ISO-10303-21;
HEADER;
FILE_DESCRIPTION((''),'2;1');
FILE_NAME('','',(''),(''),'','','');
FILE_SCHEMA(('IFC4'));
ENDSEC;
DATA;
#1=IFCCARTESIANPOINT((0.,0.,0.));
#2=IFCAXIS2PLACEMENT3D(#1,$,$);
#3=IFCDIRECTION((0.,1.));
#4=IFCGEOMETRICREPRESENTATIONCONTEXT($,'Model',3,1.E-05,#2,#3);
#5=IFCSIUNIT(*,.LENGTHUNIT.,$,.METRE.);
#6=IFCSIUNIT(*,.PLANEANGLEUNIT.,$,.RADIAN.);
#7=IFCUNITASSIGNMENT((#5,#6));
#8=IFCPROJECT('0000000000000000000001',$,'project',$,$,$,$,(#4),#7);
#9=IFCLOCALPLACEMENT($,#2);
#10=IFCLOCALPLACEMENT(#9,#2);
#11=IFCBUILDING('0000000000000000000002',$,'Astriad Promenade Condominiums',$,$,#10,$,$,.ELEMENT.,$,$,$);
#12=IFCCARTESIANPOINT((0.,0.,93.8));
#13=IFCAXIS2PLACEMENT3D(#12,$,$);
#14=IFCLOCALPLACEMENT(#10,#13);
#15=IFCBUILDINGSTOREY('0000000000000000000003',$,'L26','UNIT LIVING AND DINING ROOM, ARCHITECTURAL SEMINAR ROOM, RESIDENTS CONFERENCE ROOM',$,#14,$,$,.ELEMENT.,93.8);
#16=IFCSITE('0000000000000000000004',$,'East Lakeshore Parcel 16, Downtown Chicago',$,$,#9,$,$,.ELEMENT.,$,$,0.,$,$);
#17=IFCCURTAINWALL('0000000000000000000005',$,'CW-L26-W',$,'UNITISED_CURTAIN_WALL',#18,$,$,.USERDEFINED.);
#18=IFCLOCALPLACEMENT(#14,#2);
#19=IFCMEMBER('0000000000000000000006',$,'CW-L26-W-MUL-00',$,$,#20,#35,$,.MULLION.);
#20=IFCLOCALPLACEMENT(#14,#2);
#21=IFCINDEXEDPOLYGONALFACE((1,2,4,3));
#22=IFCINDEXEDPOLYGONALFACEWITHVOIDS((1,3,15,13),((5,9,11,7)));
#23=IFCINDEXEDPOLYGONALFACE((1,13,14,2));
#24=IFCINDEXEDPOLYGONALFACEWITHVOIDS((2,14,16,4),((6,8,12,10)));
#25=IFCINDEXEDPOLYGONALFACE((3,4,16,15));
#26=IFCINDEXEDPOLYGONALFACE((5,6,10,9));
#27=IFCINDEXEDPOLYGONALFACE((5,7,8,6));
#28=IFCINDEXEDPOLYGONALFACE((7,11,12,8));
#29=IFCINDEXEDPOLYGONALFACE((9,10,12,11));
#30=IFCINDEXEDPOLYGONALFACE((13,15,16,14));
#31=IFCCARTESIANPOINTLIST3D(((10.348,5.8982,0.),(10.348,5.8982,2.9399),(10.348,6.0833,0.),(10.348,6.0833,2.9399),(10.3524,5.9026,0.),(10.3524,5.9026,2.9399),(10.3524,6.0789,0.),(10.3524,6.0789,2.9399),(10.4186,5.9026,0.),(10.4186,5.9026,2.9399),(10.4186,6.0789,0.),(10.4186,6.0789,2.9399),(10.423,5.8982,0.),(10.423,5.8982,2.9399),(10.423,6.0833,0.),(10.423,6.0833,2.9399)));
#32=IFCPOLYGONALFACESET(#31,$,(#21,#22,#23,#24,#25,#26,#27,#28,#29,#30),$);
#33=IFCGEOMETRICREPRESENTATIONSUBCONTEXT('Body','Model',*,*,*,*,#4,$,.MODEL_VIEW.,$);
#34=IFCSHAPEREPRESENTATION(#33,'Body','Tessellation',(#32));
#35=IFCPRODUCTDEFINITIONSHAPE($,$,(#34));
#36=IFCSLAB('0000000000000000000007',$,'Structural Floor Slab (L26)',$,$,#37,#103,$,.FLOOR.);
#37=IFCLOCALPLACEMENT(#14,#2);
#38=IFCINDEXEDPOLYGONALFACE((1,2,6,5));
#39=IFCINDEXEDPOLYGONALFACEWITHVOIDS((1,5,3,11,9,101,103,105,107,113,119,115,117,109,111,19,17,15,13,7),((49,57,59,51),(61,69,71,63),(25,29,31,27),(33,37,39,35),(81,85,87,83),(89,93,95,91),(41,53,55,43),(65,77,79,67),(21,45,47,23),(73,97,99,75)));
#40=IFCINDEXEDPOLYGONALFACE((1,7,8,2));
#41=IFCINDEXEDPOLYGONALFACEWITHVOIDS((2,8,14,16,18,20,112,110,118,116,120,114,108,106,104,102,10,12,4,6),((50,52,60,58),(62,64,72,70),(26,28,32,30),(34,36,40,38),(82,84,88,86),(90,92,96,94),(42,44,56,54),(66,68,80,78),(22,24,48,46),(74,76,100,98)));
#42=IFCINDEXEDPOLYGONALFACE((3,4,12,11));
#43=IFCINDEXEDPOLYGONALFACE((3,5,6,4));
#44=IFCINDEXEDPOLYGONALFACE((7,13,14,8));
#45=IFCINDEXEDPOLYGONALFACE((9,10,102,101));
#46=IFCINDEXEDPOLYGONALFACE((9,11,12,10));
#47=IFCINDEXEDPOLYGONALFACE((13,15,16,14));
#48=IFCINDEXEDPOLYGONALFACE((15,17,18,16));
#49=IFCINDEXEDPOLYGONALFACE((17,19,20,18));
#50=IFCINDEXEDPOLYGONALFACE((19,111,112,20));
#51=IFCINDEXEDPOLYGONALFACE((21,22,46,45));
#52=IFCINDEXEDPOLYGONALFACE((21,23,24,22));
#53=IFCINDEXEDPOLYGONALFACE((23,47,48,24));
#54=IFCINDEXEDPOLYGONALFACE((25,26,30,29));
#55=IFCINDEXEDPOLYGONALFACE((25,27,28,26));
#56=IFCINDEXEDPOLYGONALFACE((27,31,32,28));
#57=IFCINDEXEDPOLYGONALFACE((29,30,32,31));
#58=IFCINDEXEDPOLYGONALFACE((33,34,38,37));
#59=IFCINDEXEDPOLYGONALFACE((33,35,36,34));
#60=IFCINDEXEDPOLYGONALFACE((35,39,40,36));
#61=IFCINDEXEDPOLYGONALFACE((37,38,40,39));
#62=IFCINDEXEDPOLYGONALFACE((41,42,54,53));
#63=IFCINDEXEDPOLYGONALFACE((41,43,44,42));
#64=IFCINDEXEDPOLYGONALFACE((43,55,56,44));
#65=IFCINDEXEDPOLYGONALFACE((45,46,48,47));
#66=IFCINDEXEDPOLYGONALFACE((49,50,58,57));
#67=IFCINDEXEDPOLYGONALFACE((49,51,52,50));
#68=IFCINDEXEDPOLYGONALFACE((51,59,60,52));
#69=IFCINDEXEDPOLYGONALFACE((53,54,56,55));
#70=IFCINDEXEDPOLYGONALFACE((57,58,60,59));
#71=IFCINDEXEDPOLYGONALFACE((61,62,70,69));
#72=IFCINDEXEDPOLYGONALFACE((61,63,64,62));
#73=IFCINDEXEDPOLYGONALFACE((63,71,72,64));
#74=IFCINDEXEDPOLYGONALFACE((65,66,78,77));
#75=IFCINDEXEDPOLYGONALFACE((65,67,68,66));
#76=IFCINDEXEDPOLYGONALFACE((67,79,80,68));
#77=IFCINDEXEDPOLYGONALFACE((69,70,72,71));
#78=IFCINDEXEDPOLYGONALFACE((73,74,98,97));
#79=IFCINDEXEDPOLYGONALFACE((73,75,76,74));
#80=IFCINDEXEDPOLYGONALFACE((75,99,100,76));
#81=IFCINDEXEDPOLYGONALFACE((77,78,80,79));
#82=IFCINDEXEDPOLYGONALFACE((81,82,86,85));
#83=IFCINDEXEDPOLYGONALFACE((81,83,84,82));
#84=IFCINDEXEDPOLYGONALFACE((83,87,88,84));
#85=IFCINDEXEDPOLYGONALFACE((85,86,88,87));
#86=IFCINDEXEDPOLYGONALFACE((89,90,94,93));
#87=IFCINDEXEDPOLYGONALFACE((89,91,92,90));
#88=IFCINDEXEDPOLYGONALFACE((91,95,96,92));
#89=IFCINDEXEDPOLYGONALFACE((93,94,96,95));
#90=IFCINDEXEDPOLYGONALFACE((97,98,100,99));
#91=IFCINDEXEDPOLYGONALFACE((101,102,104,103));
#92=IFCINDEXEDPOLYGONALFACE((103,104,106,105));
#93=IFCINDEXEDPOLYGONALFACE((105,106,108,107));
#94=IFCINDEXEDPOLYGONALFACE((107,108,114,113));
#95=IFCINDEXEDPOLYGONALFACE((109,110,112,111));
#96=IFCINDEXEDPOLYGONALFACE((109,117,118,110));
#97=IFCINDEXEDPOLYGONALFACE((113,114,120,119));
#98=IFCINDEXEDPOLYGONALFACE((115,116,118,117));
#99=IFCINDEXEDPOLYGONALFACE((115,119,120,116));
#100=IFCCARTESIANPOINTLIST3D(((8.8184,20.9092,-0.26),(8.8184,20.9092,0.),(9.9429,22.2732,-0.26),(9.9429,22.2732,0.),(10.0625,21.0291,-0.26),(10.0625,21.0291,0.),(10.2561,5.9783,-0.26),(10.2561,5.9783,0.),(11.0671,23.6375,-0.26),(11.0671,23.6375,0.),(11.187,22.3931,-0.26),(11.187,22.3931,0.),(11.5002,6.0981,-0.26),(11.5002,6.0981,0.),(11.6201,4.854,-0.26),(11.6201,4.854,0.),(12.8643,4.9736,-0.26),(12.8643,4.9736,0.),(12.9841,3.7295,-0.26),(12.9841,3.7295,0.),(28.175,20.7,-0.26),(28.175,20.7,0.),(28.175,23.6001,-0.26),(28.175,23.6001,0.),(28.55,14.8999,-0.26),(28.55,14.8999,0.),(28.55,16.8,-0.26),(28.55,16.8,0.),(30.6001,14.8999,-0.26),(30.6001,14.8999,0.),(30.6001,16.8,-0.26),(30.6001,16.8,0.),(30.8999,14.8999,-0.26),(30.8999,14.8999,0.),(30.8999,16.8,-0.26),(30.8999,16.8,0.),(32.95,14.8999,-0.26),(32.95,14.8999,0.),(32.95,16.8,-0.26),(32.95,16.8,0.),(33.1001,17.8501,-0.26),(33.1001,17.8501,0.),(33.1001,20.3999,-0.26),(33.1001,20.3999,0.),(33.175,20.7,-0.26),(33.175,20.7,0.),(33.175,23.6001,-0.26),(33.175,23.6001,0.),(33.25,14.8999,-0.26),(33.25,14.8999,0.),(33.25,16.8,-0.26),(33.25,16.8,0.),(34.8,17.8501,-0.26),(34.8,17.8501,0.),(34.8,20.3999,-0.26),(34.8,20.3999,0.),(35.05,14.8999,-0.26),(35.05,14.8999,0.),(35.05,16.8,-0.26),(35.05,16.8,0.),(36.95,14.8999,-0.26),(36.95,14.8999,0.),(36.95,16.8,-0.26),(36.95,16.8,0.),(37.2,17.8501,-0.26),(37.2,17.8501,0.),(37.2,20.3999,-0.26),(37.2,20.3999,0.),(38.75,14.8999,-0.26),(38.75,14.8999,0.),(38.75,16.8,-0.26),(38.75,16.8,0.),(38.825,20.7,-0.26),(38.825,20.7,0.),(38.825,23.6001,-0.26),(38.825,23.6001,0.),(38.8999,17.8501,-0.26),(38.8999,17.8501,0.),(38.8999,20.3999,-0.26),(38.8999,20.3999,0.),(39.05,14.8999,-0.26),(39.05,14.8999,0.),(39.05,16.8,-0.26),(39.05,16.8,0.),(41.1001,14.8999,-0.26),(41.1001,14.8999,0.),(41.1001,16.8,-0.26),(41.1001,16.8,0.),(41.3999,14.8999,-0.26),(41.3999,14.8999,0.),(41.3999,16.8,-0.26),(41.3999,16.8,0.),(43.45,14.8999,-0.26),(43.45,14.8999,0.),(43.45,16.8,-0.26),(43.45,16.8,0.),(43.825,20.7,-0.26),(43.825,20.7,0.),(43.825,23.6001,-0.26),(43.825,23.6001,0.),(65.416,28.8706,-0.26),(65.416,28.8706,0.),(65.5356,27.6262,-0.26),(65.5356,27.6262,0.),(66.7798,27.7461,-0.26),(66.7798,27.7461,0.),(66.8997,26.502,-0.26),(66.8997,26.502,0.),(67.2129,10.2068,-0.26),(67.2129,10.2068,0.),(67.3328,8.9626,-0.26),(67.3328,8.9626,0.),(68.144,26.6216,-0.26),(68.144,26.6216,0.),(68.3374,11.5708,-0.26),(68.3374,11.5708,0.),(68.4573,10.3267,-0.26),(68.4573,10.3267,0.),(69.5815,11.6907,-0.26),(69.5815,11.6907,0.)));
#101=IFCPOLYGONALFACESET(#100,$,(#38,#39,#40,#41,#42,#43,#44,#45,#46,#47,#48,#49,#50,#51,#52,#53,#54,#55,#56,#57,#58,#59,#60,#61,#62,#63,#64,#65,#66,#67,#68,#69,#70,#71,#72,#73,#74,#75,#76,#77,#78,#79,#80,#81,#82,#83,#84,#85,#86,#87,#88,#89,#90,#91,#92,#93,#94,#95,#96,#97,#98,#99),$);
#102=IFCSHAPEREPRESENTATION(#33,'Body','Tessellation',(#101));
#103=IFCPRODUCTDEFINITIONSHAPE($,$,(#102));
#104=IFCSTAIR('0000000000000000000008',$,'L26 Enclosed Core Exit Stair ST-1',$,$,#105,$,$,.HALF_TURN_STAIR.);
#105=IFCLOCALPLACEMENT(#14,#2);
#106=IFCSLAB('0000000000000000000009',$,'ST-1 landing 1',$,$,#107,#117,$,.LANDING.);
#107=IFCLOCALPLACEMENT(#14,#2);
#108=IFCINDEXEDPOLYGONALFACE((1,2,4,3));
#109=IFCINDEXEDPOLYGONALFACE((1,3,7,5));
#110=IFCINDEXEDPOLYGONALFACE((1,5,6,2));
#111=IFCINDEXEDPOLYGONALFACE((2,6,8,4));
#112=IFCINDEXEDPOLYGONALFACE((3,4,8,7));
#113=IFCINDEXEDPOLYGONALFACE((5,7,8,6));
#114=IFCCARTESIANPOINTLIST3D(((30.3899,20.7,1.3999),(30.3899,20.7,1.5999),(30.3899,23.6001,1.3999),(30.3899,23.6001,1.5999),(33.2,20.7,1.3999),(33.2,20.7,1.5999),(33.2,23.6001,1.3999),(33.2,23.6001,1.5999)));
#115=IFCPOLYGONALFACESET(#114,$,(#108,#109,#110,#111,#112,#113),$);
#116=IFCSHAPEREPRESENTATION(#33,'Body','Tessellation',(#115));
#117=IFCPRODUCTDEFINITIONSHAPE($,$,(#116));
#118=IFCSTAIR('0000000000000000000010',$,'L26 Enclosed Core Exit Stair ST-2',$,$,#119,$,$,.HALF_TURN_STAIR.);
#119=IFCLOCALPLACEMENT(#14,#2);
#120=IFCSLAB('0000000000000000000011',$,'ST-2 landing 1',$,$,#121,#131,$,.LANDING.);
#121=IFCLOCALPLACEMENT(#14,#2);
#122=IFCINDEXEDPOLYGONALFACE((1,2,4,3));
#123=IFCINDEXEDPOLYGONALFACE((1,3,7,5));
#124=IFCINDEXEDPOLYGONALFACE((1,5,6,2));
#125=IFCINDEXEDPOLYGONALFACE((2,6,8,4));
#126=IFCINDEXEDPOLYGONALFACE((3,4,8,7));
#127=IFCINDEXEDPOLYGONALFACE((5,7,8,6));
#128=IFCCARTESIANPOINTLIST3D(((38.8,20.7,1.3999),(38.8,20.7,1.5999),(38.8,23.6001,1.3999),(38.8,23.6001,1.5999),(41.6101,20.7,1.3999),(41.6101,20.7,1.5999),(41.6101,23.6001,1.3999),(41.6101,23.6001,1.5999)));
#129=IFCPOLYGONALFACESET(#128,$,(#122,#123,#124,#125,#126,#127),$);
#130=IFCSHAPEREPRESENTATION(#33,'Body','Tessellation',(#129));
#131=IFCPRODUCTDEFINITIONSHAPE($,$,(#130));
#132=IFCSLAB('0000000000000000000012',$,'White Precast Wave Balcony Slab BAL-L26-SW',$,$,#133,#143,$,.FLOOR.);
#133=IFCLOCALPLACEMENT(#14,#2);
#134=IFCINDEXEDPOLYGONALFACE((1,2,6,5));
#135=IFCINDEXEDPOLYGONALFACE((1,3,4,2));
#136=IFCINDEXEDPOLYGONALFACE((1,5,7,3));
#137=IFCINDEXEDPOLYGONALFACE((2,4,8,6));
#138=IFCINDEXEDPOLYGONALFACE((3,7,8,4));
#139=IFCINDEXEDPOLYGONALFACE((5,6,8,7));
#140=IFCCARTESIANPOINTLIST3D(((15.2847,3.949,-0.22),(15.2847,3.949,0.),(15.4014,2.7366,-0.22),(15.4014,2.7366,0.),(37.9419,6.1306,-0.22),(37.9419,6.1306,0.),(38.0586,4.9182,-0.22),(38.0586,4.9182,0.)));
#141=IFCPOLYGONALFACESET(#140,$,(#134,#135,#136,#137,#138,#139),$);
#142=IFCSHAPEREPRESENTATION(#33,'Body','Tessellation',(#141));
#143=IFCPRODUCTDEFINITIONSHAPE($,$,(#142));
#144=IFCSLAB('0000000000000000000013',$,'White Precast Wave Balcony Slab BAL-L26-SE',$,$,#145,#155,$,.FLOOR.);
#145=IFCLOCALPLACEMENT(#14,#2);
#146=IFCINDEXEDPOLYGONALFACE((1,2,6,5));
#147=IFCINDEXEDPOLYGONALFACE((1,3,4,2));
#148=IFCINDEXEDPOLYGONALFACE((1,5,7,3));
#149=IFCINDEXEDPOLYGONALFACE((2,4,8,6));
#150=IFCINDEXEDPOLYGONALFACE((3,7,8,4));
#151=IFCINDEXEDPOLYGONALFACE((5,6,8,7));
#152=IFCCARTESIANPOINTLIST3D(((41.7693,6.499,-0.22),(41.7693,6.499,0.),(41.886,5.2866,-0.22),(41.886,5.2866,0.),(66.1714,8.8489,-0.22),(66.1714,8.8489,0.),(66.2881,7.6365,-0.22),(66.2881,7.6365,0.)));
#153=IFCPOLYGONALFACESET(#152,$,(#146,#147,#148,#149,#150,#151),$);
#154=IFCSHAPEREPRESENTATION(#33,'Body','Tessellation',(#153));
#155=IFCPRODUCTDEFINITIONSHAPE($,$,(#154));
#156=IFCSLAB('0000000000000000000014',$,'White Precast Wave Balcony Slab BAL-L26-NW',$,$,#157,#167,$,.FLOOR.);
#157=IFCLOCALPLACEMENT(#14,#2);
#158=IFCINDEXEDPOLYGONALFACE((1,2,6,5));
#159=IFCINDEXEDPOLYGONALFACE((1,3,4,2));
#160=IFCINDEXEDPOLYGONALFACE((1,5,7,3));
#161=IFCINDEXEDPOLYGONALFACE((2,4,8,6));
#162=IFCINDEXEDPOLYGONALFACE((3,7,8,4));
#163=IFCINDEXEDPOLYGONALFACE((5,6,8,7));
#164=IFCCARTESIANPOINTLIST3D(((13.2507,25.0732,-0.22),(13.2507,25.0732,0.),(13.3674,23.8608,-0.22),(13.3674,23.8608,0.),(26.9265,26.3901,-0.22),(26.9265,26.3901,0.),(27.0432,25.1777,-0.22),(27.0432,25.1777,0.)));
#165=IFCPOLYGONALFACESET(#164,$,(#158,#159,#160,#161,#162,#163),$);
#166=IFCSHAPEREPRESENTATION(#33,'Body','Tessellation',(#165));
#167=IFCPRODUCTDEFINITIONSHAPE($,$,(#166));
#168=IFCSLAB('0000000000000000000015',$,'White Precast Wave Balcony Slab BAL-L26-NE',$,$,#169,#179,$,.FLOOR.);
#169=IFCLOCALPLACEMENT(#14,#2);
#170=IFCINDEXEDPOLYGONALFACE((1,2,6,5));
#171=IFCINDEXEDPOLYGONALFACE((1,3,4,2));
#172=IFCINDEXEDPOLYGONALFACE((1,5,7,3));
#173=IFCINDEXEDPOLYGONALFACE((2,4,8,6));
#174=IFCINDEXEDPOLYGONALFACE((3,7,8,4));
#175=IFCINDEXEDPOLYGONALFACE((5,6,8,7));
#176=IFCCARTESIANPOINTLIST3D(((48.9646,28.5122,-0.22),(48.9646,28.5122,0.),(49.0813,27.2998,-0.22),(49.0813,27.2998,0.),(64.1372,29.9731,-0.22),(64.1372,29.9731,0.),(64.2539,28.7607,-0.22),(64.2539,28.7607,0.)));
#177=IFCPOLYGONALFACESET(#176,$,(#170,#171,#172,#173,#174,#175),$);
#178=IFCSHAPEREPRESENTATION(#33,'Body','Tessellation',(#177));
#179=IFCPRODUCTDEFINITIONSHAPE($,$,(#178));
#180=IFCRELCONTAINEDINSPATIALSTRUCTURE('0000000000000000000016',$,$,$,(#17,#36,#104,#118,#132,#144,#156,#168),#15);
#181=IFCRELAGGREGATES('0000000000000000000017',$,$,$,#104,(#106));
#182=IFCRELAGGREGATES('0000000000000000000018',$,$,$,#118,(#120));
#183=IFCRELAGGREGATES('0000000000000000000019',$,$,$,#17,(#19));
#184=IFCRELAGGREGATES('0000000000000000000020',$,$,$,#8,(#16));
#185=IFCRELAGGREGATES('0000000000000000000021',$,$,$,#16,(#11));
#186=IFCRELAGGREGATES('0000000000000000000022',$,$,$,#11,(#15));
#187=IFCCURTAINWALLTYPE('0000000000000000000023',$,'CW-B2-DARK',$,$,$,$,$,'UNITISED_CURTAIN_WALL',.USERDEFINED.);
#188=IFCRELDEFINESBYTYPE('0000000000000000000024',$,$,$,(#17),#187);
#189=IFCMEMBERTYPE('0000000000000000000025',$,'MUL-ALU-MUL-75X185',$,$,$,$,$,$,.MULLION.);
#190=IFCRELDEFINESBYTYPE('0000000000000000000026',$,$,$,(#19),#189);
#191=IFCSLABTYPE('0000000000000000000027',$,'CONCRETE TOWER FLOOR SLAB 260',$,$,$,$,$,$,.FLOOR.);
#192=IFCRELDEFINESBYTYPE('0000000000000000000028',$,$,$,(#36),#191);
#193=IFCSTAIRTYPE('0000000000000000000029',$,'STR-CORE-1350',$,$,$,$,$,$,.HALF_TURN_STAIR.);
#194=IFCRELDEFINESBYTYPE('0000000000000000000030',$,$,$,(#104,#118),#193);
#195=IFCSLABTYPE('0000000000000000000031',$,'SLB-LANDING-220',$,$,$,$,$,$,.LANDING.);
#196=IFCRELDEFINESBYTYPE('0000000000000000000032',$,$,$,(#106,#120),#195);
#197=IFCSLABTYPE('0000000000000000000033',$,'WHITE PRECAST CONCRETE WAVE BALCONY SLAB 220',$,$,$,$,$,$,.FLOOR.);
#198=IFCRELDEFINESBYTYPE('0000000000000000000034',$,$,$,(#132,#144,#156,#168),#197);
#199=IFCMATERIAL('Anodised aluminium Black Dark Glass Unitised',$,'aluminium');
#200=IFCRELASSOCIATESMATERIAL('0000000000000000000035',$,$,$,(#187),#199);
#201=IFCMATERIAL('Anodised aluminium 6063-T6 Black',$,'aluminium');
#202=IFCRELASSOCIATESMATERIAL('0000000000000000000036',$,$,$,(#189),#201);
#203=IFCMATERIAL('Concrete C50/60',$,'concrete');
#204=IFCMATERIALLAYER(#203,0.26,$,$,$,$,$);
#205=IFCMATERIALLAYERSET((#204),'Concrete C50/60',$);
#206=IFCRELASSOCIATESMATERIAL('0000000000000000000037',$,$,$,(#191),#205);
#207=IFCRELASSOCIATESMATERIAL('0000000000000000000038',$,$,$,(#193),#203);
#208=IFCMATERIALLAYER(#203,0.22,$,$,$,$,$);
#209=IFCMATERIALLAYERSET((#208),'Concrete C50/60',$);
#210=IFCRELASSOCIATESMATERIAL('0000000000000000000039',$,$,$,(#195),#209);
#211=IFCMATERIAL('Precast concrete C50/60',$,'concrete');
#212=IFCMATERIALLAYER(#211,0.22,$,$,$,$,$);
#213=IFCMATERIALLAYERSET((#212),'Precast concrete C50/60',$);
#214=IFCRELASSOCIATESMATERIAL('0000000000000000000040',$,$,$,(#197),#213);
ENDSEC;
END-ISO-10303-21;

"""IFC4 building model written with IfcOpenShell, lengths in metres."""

from ifc_helpers import new_model, si_unit, direction, frame, origin, origin_2d, place, context, subcontext, project, spatial, polyline, hollow_rectangle, outline, extrude, source, transform, mapped, material, layer, layer_set, material_profile, profile_set, type_object, type_shapes, element, aggregate, save


model = new_model("IFC4")

# Units and contexts
model_context = context("Model", 3, precision=1e-05, world=origin(), true_north=direction((0.0, 1.0)))
body_context = subcontext(model_context, "Body", "Model", "MODEL_VIEW")
ifc_project = project(units=[si_unit("LENGTHUNIT", "METRE"), si_unit("PLANEANGLEUNIT", "RADIAN")], contexts=[model_context])

# Site, building, storey
site_placement = place(None, origin())
site = spatial("IfcSite", under=ifc_project, at=site_placement, Name="East Lakeshore Parcel 16, Downtown Chicago", CompositionType="ELEMENT", RefElevation=0.0)
building_placement = place(site_placement, origin())
building = spatial("IfcBuilding", under=site, at=building_placement, Name="Astriad Promenade Condominiums", CompositionType="ELEMENT")
storey_placement = place(building_placement, frame((0.0, 0.0, 93.8)))
storey = spatial("IfcBuildingStorey", under=building, at=storey_placement, Name="L26", Description="UNIT LIVING AND DINING ROOM, ARCHITECTURAL SEMINAR ROOM, RESIDENTS CONFERENCE ROOM", CompositionType="ELEMENT", Elevation=93.8)

# Curtain wall, member
ifc_material_1 = material(Name="Anodised aluminium Black Dark Glass Unitised", Category="aluminium")
curtain_wall_type = type_object("IfcCurtainWallType", Name="CW-B2-DARK", ElementType="UNITISED_CURTAIN_WALL", PredefinedType="USERDEFINED", material=ifc_material_1)
curtain_wall_placement = place(storey_placement, origin())
curtain_wall = element("IfcCurtainWall", 1, at=curtain_wall_placement, inside=storey, type_object=curtain_wall_type, Name="CW-L26-W", ObjectType="UNITISED_CURTAIN_WALL", PredefinedType="USERDEFINED")
ifc_material_2 = material(Name="Anodised aluminium 6063-T6 Black", Category="aluminium")
ifc_material_profile = material_profile(ifc_material_2, hollow_rectangle(XDim=0.075, YDim=0.1851, WallThickness=0.0044, at=origin_2d()), Name="ALU-MUL-75X185")
ifc_profile_set = profile_set([ifc_material_profile], Name="Anodised aluminium 6063-T6 Black")
member_type = type_object("IfcMemberType", Name="MUL-ALU-MUL-75X185", PredefinedType="MULLION", material=ifc_profile_set)
shared_shape_1 = source(origin(), body_context, "Body", "SweptSolid", [
    extrude(hollow_rectangle(XDim=0.075, YDim=0.1851, WallThickness=0.0044, at=origin_2d()), origin(), (0.0, 0.0, 1.0), 2.9399),
])
type_shapes(member_type, [shared_shape_1])
member_placement = place(storey_placement, frame((10.3855, 5.9907, 0.0), z_axis=(0.0, 0.0, 1.0), x_axis=(1.0, 0.0, 0.0)))
member = element("IfcMember", 2, at=member_placement, type_object=member_type, Name="CW-L26-W-MUL-00", PredefinedType="MULLION", context=body_context, shape_type="MappedRepresentation", body=[
    mapped(shared_shape_1, transform((0.0, 0.0, 0.0), scale=1.0)),
])

# Slab
ifc_material_3 = material(Name="Concrete C50/60", Category="concrete")
ifc_layer_1 = layer(ifc_material_3, 0.26)
ifc_layer_set_1 = layer_set([ifc_layer_1], Name="Concrete C50/60")
slab_type_1 = type_object("IfcSlabType", Name="CONCRETE TOWER FLOOR SLAB 260", PredefinedType="FLOOR", material=ifc_layer_set_1)
slab_1_placement = place(storey_placement, frame((0.0, 0.0, -0.26)))
element("IfcSlab", 3, at=slab_1_placement, inside=storey, type_object=slab_type_1, Name="Structural Floor Slab (L26)", PredefinedType="FLOOR", context=body_context, shape_type="SweptSolid", body=[
    extrude(outline(polyline([(12.9841, 3.7295), (67.3328, 8.9626), (67.2129, 10.2068), (68.4573, 10.3267), (68.3374, 11.5708), (69.5815, 11.6907), (68.144, 26.6216), (66.8997, 26.502), (66.7798, 27.7461), (65.5356, 27.6262), (65.416, 28.8706), (11.0671, 23.6375), (11.187, 22.3931), (9.9429, 22.2732), (10.0625, 21.0291), (8.8184, 20.9092), (10.2561, 5.9783), (11.5002, 6.0981), (11.6201, 4.854), (12.8643, 4.9736), (12.9841, 3.7295)]), holes=[polyline([(28.175, 20.7), (33.175, 20.7), (33.175, 23.6001), (28.175, 23.6001), (28.175, 20.7)]), polyline([(38.825, 20.7), (43.825, 20.7), (43.825, 23.6001), (38.825, 23.6001), (38.825, 20.7)]), polyline([(33.1001, 17.8501), (34.8, 17.8501), (34.8, 20.3999), (33.1001, 20.3999), (33.1001, 17.8501)]), polyline([(37.2, 17.8501), (38.8999, 17.8501), (38.8999, 20.3999), (37.2, 20.3999), (37.2, 17.8501)]), polyline([(28.55, 14.8999), (30.6001, 14.8999), (30.6001, 16.8), (28.55, 16.8), (28.55, 14.8999)]), polyline([(30.8999, 14.8999), (32.95, 14.8999), (32.95, 16.8), (30.8999, 16.8), (30.8999, 14.8999)]), polyline([(33.25, 14.8999), (35.05, 14.8999), (35.05, 16.8), (33.25, 16.8), (33.25, 14.8999)]), polyline([(36.95, 14.8999), (38.75, 14.8999), (38.75, 16.8), (36.95, 16.8), (36.95, 14.8999)]), polyline([(39.05, 14.8999), (41.1001, 14.8999), (41.1001, 16.8), (39.05, 16.8), (39.05, 14.8999)]), polyline([(41.3999, 14.8999), (43.45, 14.8999), (43.45, 16.8), (41.3999, 16.8), (41.3999, 14.8999)])]), origin(), (0.0, 0.0, 1.0), 0.26),
])

# Stairs, slabs
stair_type = type_object("IfcStairType", Name="STR-CORE-1350", PredefinedType="HALF_TURN_STAIR", material=ifc_material_3)
stair_1_placement = place(storey_placement, origin())
stair_1 = element("IfcStair", 4, at=stair_1_placement, inside=storey, type_object=stair_type, Name="L26 Enclosed Core Exit Stair ST-1", PredefinedType="HALF_TURN_STAIR")
ifc_layer_2 = layer(ifc_material_3, 0.22)
ifc_layer_set_2 = layer_set([ifc_layer_2], Name="Concrete C50/60")
slab_type_2 = type_object("IfcSlabType", Name="SLB-LANDING-220", PredefinedType="LANDING", material=ifc_layer_set_2)
slab_2_placement = place(storey_placement, frame((0.0, 0.0, 1.3999)))
slab_2 = element("IfcSlab", 5, at=slab_2_placement, type_object=slab_type_2, Name="ST-1 landing 1", PredefinedType="LANDING", context=body_context, shape_type="SweptSolid", body=[
    extrude(outline(polyline([(30.3899, 20.7), (33.2, 20.7), (33.2, 23.6001), (30.3899, 23.6001), (30.3899, 20.7)])), origin(), (0.0, 0.0, 1.0), 0.2),
])
aggregate(stair_1, [slab_2])
stair_2_placement = place(storey_placement, origin())
stair_2 = element("IfcStair", 6, at=stair_2_placement, inside=storey, type_object=stair_type, Name="L26 Enclosed Core Exit Stair ST-2", PredefinedType="HALF_TURN_STAIR")
slab_3_placement = place(storey_placement, frame((0.0, 0.0, 1.3999)))
slab_3 = element("IfcSlab", 7, at=slab_3_placement, type_object=slab_type_2, Name="ST-2 landing 1", PredefinedType="LANDING", context=body_context, shape_type="SweptSolid", body=[
    extrude(outline(polyline([(41.6101, 23.6001), (38.8, 23.6001), (38.8, 20.7), (41.6101, 20.7), (41.6101, 23.6001)])), origin(), (0.0, 0.0, 1.0), 0.2),
])
aggregate(stair_2, [slab_3])

# Slabs
ifc_material_4 = material(Name="Precast concrete C50/60", Category="concrete")
ifc_layer_3 = layer(ifc_material_4, 0.22)
ifc_layer_set_3 = layer_set([ifc_layer_3], Name="Precast concrete C50/60")
slab_type_3 = type_object("IfcSlabType", Name="WHITE PRECAST CONCRETE WAVE BALCONY SLAB 220", PredefinedType="FLOOR", material=ifc_layer_set_3)
slab_4_placement = place(storey_placement, frame((0.0, 0.0, -0.22)))
element("IfcSlab", 8, at=slab_4_placement, inside=storey, type_object=slab_type_3, Name="White Precast Wave Balcony Slab BAL-L26-SW", PredefinedType="FLOOR", context=body_context, shape_type="SweptSolid", body=[
    extrude(outline(polyline([(38.0586, 4.9182), (15.4014, 2.7366), (15.2847, 3.949), (37.9419, 6.1306), (38.0586, 4.9182)])), origin(), (0.0, 0.0, 1.0), 0.22),
])
slab_5_placement = place(storey_placement, frame((0.0, 0.0, -0.22)))
element("IfcSlab", 9, at=slab_5_placement, inside=storey, type_object=slab_type_3, Name="White Precast Wave Balcony Slab BAL-L26-SE", PredefinedType="FLOOR", context=body_context, shape_type="SweptSolid", body=[
    extrude(outline(polyline([(66.2881, 7.6365), (41.886, 5.2866), (41.7693, 6.499), (66.1714, 8.8489), (66.2881, 7.6365)])), origin(), (0.0, 0.0, 1.0), 0.22),
])
slab_6_placement = place(storey_placement, frame((0.0, 0.0, -0.22)))
element("IfcSlab", 10, at=slab_6_placement, inside=storey, type_object=slab_type_3, Name="White Precast Wave Balcony Slab BAL-L26-NW", PredefinedType="FLOOR", context=body_context, shape_type="SweptSolid", body=[
    extrude(outline(polyline([(13.2507, 25.0732), (26.9265, 26.3901), (27.0432, 25.1777), (13.3674, 23.8608), (13.2507, 25.0732)])), origin(), (0.0, 0.0, 1.0), 0.22),
])
slab_7_placement = place(storey_placement, frame((0.0, 0.0, -0.22)))
element("IfcSlab", 11, at=slab_7_placement, inside=storey, type_object=slab_type_3, Name="White Precast Wave Balcony Slab BAL-L26-NE", PredefinedType="FLOOR", context=body_context, shape_type="SweptSolid", body=[
    extrude(outline(polyline([(48.9646, 28.5122), (64.1372, 29.9731), (64.2539, 28.7607), (49.0813, 27.2998), (48.9646, 28.5122)])), origin(), (0.0, 0.0, 1.0), 0.22),
])

aggregate(curtain_wall, [member])

save(model, "model.ifc")
